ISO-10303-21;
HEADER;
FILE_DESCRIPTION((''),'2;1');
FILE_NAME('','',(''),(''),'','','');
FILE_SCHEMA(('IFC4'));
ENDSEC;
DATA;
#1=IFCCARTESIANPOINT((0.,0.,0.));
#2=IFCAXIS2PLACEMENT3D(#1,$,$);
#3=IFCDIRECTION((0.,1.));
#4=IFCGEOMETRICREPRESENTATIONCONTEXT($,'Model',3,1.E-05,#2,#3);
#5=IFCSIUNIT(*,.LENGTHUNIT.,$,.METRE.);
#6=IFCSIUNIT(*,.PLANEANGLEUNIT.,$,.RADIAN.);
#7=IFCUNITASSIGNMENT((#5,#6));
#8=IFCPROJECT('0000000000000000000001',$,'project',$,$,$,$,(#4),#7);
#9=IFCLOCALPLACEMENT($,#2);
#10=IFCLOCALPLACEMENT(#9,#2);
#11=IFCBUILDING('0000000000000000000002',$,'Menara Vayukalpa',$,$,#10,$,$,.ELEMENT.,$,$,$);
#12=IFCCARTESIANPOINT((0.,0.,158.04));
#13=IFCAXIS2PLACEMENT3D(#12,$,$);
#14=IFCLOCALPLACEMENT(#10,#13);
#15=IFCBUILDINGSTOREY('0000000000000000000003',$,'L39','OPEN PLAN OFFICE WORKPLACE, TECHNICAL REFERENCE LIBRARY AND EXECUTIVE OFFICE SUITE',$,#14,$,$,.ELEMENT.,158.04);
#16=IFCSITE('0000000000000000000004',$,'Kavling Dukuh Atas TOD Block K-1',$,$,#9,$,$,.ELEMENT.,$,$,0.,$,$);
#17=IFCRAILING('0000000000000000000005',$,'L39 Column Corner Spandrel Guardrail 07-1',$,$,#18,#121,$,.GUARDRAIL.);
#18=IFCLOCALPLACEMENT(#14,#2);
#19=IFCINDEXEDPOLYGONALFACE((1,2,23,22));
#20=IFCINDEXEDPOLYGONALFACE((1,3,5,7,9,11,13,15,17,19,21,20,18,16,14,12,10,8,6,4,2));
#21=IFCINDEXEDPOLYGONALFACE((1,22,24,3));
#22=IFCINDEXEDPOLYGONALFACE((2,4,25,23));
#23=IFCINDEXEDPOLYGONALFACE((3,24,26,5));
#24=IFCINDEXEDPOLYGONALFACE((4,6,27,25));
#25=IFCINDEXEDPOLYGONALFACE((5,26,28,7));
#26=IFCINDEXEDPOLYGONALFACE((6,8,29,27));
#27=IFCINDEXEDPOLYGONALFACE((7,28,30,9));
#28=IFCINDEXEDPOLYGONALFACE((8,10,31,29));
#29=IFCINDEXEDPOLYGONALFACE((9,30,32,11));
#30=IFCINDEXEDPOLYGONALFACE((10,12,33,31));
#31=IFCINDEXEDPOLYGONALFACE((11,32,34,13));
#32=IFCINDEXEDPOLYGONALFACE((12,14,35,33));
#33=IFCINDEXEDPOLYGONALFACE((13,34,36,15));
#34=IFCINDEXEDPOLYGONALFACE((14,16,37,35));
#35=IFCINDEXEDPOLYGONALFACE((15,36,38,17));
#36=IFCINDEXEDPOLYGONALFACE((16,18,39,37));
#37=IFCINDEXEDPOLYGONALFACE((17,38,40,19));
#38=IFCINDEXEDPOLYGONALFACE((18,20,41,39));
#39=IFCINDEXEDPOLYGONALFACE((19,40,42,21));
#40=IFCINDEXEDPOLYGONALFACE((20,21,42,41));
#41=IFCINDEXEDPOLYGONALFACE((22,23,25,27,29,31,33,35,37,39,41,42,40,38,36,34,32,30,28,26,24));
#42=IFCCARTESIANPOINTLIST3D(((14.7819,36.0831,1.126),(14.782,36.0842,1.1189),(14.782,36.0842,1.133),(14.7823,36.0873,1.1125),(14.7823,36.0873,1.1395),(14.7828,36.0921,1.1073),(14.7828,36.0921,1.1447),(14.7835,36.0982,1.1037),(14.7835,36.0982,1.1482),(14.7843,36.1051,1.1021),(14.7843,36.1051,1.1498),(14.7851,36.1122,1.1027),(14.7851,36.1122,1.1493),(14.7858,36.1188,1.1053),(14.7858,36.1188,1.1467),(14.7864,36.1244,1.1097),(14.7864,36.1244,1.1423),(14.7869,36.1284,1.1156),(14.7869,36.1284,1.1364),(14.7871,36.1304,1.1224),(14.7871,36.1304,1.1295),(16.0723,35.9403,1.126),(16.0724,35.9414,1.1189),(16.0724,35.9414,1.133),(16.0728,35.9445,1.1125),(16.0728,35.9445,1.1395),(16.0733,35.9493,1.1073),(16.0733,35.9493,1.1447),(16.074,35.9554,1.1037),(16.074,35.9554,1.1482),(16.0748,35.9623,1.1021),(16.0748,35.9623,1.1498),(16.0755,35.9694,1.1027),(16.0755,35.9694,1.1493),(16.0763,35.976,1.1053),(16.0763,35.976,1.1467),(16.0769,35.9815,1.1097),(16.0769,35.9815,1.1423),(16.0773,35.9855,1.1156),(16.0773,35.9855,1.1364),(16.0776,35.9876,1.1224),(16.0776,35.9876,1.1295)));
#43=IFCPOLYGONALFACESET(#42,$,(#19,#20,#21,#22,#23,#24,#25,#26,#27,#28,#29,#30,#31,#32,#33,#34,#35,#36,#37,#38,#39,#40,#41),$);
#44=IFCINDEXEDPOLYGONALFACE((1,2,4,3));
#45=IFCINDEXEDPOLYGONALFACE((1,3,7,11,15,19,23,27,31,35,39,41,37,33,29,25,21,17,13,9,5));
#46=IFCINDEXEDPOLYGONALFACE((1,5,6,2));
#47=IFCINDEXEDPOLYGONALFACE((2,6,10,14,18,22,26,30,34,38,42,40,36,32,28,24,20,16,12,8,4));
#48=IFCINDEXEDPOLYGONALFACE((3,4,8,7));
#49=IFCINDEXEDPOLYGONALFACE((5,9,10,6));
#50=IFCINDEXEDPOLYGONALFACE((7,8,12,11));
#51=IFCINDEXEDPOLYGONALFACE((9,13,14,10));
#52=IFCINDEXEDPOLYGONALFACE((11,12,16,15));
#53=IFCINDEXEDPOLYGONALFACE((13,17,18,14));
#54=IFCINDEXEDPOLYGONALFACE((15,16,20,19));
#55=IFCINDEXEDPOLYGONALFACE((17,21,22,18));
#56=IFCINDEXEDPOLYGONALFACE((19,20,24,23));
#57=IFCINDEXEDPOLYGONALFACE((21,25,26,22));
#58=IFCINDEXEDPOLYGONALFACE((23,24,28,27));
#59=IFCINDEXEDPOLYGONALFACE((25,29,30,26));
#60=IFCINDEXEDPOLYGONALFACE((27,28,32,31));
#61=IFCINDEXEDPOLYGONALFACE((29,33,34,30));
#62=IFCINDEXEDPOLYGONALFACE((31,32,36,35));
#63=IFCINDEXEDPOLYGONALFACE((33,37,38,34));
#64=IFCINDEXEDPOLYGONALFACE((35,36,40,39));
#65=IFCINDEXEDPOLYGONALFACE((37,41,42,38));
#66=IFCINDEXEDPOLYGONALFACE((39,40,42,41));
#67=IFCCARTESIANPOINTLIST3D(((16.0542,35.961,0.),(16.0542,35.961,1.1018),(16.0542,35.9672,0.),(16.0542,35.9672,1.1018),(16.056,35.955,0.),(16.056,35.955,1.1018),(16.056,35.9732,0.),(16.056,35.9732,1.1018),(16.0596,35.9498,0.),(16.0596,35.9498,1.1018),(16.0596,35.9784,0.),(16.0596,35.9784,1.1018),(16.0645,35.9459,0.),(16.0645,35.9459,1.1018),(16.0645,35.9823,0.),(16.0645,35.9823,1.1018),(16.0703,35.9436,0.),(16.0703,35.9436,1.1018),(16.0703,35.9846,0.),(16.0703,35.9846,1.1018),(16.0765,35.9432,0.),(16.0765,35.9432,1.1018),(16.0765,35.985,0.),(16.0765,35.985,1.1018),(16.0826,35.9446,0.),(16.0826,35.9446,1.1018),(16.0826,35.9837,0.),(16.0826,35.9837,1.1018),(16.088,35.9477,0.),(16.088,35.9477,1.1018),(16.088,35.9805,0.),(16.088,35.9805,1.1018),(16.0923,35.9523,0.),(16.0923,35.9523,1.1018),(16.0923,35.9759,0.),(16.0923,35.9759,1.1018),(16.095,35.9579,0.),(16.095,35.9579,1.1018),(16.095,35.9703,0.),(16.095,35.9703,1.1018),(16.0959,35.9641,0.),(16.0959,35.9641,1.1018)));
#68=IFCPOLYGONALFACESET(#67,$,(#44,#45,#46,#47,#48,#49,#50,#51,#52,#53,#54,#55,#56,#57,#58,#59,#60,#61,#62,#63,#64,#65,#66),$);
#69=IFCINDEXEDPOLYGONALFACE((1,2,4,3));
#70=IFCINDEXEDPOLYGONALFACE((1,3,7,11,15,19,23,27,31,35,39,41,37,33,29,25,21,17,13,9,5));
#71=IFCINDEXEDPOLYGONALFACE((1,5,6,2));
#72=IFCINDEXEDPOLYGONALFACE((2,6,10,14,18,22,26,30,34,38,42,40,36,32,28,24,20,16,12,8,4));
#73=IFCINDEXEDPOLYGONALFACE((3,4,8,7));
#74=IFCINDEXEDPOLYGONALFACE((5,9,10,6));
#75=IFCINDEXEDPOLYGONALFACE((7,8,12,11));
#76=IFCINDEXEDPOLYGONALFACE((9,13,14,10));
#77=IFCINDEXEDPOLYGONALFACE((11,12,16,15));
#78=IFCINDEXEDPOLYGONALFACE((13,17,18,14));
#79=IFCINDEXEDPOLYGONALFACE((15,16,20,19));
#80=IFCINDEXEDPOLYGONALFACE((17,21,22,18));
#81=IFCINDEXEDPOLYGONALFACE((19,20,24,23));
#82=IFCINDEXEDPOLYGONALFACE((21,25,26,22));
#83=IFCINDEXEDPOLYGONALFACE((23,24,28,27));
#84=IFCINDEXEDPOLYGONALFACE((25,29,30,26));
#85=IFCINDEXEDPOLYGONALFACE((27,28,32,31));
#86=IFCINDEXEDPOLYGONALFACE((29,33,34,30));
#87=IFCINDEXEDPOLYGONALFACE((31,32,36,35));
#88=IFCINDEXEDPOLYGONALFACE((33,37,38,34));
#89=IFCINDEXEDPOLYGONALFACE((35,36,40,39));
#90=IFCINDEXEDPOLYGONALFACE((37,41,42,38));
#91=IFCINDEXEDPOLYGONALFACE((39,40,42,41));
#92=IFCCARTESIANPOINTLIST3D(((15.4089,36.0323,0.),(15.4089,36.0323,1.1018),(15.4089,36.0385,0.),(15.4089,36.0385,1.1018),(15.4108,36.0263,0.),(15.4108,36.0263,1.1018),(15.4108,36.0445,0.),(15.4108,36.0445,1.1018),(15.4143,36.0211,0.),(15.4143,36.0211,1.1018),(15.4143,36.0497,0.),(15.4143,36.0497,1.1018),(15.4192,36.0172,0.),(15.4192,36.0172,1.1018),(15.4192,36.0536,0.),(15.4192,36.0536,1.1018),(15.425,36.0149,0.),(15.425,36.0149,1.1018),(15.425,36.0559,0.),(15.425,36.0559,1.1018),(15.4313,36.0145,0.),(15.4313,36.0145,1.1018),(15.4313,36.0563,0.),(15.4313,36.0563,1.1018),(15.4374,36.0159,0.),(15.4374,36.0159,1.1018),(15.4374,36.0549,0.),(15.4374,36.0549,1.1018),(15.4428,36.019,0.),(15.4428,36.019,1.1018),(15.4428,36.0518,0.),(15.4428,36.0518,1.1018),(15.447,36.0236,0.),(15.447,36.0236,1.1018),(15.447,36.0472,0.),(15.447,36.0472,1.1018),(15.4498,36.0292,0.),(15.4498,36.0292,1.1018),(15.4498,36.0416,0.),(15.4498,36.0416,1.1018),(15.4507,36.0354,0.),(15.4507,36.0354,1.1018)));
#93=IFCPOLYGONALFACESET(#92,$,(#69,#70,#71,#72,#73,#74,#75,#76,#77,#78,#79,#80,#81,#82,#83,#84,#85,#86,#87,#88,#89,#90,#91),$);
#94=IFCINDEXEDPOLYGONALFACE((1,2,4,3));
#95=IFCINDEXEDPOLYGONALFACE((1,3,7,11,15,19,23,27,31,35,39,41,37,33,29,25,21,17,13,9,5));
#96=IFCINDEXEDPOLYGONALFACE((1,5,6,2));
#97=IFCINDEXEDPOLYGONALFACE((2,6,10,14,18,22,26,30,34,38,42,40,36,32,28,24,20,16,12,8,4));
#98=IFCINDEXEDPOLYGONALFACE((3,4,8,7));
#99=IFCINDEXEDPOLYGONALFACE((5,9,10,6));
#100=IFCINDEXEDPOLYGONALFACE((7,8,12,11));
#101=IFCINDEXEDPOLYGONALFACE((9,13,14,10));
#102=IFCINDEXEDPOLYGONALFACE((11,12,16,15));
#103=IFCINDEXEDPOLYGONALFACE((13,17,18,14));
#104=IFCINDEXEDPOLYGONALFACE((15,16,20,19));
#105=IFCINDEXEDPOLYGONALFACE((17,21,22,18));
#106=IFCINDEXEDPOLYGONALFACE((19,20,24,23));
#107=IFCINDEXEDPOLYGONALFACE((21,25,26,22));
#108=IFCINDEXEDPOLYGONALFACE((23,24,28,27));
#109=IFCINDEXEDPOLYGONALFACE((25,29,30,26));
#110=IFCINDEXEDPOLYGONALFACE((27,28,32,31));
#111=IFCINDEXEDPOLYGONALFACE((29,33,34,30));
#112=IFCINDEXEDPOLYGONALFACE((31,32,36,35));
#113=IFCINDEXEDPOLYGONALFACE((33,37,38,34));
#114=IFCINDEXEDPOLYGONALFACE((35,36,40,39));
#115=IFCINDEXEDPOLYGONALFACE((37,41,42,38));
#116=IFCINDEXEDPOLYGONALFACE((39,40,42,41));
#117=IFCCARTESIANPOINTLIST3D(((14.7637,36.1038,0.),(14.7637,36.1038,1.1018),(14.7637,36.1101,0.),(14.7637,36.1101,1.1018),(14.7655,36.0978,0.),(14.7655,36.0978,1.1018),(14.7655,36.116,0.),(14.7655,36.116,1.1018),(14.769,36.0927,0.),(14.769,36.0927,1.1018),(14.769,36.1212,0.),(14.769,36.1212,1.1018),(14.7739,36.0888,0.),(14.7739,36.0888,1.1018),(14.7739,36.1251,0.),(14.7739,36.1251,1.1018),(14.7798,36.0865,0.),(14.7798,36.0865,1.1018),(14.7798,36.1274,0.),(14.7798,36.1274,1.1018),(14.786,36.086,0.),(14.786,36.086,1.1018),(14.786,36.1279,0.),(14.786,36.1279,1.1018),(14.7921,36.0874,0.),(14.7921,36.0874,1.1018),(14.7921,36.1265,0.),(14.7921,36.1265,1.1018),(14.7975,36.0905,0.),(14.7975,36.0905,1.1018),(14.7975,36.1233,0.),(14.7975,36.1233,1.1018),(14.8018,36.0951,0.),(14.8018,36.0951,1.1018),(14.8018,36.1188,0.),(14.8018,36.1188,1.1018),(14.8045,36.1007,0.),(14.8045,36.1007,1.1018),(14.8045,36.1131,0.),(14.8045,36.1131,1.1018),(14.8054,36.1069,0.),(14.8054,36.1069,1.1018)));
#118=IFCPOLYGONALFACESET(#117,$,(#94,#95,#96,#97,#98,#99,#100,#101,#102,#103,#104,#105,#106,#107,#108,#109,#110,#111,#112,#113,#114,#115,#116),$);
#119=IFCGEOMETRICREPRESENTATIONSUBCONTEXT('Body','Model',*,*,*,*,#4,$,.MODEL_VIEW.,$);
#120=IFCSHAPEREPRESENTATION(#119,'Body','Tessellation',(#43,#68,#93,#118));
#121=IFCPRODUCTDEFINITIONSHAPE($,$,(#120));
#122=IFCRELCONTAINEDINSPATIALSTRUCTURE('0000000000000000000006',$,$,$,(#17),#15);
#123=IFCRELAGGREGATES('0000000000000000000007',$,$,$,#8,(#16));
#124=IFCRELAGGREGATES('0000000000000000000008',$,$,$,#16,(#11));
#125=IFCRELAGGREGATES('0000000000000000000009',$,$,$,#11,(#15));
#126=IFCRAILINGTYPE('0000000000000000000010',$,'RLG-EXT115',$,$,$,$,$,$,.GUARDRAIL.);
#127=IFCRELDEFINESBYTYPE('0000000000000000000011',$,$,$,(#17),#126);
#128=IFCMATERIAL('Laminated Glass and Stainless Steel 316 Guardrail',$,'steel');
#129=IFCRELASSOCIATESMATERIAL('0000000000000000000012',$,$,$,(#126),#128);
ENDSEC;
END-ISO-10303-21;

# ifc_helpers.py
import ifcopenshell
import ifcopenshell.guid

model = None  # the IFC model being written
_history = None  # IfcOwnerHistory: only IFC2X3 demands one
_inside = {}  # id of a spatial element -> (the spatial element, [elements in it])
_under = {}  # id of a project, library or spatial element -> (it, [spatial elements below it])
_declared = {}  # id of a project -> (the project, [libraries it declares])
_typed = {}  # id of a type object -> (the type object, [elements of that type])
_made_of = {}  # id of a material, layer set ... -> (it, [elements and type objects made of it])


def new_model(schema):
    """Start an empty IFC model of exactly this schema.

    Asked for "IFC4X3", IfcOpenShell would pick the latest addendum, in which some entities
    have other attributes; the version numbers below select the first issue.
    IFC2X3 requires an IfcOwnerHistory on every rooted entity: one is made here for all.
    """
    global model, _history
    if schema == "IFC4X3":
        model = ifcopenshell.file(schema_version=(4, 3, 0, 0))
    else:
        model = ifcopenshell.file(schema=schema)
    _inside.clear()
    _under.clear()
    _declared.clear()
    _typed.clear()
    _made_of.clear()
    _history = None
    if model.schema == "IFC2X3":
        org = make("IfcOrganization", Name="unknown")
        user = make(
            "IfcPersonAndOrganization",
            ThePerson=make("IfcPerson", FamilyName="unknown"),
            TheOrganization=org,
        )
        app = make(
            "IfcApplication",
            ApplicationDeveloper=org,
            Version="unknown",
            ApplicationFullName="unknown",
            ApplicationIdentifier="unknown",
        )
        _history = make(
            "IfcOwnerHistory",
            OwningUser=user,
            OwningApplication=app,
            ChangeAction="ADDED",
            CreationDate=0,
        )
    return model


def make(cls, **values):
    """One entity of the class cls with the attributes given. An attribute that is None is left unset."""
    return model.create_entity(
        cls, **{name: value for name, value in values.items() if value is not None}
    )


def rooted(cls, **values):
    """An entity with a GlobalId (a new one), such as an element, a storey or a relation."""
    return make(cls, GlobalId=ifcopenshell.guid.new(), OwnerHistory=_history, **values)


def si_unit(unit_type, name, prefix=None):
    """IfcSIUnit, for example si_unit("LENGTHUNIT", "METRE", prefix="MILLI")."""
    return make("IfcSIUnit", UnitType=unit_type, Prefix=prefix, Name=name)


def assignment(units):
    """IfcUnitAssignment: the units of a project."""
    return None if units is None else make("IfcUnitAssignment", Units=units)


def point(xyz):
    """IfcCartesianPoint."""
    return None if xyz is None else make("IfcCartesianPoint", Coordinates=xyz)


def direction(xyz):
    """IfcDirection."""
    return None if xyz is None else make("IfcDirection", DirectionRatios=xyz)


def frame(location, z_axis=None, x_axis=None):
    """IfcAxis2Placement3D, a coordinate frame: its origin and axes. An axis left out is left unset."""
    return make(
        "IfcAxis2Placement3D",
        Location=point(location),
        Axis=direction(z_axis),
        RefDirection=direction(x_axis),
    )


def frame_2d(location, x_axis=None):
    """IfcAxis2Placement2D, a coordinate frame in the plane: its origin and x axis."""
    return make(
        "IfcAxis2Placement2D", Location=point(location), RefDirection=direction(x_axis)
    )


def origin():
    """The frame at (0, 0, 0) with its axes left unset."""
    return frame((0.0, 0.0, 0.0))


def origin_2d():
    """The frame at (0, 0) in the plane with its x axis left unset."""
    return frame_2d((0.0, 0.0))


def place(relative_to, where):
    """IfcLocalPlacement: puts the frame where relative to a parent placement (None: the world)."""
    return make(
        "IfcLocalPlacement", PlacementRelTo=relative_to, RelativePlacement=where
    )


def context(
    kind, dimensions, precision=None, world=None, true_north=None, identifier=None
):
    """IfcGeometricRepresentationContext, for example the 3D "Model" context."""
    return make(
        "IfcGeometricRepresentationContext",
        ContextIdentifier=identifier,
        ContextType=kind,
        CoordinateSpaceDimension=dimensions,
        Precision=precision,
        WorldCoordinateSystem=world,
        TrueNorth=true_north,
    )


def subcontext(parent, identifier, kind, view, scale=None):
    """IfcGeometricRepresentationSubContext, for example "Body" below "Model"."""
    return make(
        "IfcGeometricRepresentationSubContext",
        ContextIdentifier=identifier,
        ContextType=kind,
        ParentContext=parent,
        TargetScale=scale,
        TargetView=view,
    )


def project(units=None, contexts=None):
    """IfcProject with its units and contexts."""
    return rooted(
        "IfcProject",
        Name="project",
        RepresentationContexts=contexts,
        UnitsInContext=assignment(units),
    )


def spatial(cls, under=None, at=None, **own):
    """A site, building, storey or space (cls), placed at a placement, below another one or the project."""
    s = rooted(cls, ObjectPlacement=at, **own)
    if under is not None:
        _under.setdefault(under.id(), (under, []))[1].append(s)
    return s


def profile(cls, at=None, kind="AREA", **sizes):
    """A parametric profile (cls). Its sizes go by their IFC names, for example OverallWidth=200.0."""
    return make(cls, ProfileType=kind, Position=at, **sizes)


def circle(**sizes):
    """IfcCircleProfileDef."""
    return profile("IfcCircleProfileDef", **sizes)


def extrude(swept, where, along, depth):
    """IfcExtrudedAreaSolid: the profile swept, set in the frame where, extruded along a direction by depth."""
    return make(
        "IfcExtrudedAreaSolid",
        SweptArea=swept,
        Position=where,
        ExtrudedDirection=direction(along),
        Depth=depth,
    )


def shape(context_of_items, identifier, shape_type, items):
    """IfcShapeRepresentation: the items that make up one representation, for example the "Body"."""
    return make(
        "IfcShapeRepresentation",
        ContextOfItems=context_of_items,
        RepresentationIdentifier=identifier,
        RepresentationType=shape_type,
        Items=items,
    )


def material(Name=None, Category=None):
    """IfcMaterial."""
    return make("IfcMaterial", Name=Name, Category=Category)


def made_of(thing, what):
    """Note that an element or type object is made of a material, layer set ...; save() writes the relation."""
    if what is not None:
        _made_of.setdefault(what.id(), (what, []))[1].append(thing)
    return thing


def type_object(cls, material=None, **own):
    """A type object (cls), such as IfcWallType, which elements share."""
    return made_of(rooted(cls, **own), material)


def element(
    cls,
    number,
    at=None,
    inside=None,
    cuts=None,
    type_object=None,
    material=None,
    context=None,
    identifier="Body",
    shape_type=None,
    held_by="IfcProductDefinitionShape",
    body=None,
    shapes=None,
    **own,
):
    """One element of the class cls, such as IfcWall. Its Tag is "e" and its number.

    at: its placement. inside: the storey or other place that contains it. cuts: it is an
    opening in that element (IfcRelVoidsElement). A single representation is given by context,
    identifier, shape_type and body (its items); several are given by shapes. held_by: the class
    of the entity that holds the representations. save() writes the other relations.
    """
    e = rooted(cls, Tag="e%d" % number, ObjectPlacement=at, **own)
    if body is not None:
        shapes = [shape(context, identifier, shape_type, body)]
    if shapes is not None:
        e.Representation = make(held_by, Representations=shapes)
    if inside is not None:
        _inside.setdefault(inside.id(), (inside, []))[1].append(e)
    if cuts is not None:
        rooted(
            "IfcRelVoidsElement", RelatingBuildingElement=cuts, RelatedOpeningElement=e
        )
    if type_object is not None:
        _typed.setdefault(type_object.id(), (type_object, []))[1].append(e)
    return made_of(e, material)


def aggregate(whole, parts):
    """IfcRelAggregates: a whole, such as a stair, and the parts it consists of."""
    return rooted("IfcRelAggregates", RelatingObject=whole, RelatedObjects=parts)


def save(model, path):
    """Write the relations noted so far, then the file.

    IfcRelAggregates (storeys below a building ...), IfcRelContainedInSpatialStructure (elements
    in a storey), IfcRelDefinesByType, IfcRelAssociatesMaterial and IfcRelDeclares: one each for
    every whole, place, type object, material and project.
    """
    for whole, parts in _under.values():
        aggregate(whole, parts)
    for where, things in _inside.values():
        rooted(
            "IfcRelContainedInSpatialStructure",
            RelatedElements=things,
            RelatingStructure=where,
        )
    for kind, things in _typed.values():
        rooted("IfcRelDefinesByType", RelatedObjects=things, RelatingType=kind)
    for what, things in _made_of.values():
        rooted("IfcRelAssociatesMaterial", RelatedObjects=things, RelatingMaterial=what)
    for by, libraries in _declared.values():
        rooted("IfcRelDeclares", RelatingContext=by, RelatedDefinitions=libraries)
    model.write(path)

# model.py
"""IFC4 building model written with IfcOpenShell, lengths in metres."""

from ifc_helpers import new_model, si_unit, direction, frame, origin, origin_2d, place, context, subcontext, project, spatial, circle, extrude, material, type_object, element, save


model = new_model("IFC4")

# Units and contexts
model_context = context("Model", 3, precision=1e-05, world=origin(), true_north=direction((0.0, 1.0)))
body_context = subcontext(model_context, "Body", "Model", "MODEL_VIEW")
ifc_project = project(units=[si_unit("LENGTHUNIT", "METRE"), si_unit("PLANEANGLEUNIT", "RADIAN")], contexts=[model_context])

# Site, building, storey
site_placement = place(None, origin())
site = spatial("IfcSite", under=ifc_project, at=site_placement, Name="Kavling Dukuh Atas TOD Block K-1", CompositionType="ELEMENT", RefElevation=0.0)
building_placement = place(site_placement, origin())
building = spatial("IfcBuilding", under=site, at=building_placement, Name="Menara Vayukalpa", CompositionType="ELEMENT")
storey_placement = place(building_placement, frame((0.0, 0.0, 158.04)))
storey = spatial("IfcBuildingStorey", under=building, at=storey_placement, Name="L39", Description="OPEN PLAN OFFICE WORKPLACE, TECHNICAL REFERENCE LIBRARY AND EXECUTIVE OFFICE SUITE", CompositionType="ELEMENT", Elevation=158.04)

# Railing
ifc_material_1 = material(Name="Laminated Glass and Stainless Steel 316 Guardrail", Category="steel")
railing_type = type_object("IfcRailingType", Name="RLG-EXT115", PredefinedType="GUARDRAIL", material=ifc_material_1)
railing_1_placement = place(storey_placement, frame((16.075, 35.9641, 0.0)))
element("IfcRailing", 1, at=railing_1_placement, inside=storey, type_object=railing_type, Name="L39 Column Corner Spandrel Guardrail 07-1", PredefinedType="GUARDRAIL", context=body_context, shape_type="SweptSolid", body=[
    extrude(circle(Radius=0.0239, at=origin_2d()), frame((0.0, 0.0, 1.126), z_axis=(-0.993932, 0.109998, 0.0), x_axis=(-0.109998, -0.993932, 0.0)), (0.0, 0.0, 1.0), 1.2983),
    extrude(circle(Radius=0.021, at=origin_2d()), origin(), (0.0, 0.0, 1.0), 1.1018),
    extrude(circle(Radius=0.021, at=origin_2d()), frame((-0.6453, 0.0713, 0.0)), (0.0, 0.0, 1.0), 1.1018),
    extrude(circle(Radius=0.021, at=origin_2d()), frame((-1.2905, 0.1428, 0.0)), (0.0, 0.0, 1.0), 1.1018),
])

save(model, "model.ifc")
